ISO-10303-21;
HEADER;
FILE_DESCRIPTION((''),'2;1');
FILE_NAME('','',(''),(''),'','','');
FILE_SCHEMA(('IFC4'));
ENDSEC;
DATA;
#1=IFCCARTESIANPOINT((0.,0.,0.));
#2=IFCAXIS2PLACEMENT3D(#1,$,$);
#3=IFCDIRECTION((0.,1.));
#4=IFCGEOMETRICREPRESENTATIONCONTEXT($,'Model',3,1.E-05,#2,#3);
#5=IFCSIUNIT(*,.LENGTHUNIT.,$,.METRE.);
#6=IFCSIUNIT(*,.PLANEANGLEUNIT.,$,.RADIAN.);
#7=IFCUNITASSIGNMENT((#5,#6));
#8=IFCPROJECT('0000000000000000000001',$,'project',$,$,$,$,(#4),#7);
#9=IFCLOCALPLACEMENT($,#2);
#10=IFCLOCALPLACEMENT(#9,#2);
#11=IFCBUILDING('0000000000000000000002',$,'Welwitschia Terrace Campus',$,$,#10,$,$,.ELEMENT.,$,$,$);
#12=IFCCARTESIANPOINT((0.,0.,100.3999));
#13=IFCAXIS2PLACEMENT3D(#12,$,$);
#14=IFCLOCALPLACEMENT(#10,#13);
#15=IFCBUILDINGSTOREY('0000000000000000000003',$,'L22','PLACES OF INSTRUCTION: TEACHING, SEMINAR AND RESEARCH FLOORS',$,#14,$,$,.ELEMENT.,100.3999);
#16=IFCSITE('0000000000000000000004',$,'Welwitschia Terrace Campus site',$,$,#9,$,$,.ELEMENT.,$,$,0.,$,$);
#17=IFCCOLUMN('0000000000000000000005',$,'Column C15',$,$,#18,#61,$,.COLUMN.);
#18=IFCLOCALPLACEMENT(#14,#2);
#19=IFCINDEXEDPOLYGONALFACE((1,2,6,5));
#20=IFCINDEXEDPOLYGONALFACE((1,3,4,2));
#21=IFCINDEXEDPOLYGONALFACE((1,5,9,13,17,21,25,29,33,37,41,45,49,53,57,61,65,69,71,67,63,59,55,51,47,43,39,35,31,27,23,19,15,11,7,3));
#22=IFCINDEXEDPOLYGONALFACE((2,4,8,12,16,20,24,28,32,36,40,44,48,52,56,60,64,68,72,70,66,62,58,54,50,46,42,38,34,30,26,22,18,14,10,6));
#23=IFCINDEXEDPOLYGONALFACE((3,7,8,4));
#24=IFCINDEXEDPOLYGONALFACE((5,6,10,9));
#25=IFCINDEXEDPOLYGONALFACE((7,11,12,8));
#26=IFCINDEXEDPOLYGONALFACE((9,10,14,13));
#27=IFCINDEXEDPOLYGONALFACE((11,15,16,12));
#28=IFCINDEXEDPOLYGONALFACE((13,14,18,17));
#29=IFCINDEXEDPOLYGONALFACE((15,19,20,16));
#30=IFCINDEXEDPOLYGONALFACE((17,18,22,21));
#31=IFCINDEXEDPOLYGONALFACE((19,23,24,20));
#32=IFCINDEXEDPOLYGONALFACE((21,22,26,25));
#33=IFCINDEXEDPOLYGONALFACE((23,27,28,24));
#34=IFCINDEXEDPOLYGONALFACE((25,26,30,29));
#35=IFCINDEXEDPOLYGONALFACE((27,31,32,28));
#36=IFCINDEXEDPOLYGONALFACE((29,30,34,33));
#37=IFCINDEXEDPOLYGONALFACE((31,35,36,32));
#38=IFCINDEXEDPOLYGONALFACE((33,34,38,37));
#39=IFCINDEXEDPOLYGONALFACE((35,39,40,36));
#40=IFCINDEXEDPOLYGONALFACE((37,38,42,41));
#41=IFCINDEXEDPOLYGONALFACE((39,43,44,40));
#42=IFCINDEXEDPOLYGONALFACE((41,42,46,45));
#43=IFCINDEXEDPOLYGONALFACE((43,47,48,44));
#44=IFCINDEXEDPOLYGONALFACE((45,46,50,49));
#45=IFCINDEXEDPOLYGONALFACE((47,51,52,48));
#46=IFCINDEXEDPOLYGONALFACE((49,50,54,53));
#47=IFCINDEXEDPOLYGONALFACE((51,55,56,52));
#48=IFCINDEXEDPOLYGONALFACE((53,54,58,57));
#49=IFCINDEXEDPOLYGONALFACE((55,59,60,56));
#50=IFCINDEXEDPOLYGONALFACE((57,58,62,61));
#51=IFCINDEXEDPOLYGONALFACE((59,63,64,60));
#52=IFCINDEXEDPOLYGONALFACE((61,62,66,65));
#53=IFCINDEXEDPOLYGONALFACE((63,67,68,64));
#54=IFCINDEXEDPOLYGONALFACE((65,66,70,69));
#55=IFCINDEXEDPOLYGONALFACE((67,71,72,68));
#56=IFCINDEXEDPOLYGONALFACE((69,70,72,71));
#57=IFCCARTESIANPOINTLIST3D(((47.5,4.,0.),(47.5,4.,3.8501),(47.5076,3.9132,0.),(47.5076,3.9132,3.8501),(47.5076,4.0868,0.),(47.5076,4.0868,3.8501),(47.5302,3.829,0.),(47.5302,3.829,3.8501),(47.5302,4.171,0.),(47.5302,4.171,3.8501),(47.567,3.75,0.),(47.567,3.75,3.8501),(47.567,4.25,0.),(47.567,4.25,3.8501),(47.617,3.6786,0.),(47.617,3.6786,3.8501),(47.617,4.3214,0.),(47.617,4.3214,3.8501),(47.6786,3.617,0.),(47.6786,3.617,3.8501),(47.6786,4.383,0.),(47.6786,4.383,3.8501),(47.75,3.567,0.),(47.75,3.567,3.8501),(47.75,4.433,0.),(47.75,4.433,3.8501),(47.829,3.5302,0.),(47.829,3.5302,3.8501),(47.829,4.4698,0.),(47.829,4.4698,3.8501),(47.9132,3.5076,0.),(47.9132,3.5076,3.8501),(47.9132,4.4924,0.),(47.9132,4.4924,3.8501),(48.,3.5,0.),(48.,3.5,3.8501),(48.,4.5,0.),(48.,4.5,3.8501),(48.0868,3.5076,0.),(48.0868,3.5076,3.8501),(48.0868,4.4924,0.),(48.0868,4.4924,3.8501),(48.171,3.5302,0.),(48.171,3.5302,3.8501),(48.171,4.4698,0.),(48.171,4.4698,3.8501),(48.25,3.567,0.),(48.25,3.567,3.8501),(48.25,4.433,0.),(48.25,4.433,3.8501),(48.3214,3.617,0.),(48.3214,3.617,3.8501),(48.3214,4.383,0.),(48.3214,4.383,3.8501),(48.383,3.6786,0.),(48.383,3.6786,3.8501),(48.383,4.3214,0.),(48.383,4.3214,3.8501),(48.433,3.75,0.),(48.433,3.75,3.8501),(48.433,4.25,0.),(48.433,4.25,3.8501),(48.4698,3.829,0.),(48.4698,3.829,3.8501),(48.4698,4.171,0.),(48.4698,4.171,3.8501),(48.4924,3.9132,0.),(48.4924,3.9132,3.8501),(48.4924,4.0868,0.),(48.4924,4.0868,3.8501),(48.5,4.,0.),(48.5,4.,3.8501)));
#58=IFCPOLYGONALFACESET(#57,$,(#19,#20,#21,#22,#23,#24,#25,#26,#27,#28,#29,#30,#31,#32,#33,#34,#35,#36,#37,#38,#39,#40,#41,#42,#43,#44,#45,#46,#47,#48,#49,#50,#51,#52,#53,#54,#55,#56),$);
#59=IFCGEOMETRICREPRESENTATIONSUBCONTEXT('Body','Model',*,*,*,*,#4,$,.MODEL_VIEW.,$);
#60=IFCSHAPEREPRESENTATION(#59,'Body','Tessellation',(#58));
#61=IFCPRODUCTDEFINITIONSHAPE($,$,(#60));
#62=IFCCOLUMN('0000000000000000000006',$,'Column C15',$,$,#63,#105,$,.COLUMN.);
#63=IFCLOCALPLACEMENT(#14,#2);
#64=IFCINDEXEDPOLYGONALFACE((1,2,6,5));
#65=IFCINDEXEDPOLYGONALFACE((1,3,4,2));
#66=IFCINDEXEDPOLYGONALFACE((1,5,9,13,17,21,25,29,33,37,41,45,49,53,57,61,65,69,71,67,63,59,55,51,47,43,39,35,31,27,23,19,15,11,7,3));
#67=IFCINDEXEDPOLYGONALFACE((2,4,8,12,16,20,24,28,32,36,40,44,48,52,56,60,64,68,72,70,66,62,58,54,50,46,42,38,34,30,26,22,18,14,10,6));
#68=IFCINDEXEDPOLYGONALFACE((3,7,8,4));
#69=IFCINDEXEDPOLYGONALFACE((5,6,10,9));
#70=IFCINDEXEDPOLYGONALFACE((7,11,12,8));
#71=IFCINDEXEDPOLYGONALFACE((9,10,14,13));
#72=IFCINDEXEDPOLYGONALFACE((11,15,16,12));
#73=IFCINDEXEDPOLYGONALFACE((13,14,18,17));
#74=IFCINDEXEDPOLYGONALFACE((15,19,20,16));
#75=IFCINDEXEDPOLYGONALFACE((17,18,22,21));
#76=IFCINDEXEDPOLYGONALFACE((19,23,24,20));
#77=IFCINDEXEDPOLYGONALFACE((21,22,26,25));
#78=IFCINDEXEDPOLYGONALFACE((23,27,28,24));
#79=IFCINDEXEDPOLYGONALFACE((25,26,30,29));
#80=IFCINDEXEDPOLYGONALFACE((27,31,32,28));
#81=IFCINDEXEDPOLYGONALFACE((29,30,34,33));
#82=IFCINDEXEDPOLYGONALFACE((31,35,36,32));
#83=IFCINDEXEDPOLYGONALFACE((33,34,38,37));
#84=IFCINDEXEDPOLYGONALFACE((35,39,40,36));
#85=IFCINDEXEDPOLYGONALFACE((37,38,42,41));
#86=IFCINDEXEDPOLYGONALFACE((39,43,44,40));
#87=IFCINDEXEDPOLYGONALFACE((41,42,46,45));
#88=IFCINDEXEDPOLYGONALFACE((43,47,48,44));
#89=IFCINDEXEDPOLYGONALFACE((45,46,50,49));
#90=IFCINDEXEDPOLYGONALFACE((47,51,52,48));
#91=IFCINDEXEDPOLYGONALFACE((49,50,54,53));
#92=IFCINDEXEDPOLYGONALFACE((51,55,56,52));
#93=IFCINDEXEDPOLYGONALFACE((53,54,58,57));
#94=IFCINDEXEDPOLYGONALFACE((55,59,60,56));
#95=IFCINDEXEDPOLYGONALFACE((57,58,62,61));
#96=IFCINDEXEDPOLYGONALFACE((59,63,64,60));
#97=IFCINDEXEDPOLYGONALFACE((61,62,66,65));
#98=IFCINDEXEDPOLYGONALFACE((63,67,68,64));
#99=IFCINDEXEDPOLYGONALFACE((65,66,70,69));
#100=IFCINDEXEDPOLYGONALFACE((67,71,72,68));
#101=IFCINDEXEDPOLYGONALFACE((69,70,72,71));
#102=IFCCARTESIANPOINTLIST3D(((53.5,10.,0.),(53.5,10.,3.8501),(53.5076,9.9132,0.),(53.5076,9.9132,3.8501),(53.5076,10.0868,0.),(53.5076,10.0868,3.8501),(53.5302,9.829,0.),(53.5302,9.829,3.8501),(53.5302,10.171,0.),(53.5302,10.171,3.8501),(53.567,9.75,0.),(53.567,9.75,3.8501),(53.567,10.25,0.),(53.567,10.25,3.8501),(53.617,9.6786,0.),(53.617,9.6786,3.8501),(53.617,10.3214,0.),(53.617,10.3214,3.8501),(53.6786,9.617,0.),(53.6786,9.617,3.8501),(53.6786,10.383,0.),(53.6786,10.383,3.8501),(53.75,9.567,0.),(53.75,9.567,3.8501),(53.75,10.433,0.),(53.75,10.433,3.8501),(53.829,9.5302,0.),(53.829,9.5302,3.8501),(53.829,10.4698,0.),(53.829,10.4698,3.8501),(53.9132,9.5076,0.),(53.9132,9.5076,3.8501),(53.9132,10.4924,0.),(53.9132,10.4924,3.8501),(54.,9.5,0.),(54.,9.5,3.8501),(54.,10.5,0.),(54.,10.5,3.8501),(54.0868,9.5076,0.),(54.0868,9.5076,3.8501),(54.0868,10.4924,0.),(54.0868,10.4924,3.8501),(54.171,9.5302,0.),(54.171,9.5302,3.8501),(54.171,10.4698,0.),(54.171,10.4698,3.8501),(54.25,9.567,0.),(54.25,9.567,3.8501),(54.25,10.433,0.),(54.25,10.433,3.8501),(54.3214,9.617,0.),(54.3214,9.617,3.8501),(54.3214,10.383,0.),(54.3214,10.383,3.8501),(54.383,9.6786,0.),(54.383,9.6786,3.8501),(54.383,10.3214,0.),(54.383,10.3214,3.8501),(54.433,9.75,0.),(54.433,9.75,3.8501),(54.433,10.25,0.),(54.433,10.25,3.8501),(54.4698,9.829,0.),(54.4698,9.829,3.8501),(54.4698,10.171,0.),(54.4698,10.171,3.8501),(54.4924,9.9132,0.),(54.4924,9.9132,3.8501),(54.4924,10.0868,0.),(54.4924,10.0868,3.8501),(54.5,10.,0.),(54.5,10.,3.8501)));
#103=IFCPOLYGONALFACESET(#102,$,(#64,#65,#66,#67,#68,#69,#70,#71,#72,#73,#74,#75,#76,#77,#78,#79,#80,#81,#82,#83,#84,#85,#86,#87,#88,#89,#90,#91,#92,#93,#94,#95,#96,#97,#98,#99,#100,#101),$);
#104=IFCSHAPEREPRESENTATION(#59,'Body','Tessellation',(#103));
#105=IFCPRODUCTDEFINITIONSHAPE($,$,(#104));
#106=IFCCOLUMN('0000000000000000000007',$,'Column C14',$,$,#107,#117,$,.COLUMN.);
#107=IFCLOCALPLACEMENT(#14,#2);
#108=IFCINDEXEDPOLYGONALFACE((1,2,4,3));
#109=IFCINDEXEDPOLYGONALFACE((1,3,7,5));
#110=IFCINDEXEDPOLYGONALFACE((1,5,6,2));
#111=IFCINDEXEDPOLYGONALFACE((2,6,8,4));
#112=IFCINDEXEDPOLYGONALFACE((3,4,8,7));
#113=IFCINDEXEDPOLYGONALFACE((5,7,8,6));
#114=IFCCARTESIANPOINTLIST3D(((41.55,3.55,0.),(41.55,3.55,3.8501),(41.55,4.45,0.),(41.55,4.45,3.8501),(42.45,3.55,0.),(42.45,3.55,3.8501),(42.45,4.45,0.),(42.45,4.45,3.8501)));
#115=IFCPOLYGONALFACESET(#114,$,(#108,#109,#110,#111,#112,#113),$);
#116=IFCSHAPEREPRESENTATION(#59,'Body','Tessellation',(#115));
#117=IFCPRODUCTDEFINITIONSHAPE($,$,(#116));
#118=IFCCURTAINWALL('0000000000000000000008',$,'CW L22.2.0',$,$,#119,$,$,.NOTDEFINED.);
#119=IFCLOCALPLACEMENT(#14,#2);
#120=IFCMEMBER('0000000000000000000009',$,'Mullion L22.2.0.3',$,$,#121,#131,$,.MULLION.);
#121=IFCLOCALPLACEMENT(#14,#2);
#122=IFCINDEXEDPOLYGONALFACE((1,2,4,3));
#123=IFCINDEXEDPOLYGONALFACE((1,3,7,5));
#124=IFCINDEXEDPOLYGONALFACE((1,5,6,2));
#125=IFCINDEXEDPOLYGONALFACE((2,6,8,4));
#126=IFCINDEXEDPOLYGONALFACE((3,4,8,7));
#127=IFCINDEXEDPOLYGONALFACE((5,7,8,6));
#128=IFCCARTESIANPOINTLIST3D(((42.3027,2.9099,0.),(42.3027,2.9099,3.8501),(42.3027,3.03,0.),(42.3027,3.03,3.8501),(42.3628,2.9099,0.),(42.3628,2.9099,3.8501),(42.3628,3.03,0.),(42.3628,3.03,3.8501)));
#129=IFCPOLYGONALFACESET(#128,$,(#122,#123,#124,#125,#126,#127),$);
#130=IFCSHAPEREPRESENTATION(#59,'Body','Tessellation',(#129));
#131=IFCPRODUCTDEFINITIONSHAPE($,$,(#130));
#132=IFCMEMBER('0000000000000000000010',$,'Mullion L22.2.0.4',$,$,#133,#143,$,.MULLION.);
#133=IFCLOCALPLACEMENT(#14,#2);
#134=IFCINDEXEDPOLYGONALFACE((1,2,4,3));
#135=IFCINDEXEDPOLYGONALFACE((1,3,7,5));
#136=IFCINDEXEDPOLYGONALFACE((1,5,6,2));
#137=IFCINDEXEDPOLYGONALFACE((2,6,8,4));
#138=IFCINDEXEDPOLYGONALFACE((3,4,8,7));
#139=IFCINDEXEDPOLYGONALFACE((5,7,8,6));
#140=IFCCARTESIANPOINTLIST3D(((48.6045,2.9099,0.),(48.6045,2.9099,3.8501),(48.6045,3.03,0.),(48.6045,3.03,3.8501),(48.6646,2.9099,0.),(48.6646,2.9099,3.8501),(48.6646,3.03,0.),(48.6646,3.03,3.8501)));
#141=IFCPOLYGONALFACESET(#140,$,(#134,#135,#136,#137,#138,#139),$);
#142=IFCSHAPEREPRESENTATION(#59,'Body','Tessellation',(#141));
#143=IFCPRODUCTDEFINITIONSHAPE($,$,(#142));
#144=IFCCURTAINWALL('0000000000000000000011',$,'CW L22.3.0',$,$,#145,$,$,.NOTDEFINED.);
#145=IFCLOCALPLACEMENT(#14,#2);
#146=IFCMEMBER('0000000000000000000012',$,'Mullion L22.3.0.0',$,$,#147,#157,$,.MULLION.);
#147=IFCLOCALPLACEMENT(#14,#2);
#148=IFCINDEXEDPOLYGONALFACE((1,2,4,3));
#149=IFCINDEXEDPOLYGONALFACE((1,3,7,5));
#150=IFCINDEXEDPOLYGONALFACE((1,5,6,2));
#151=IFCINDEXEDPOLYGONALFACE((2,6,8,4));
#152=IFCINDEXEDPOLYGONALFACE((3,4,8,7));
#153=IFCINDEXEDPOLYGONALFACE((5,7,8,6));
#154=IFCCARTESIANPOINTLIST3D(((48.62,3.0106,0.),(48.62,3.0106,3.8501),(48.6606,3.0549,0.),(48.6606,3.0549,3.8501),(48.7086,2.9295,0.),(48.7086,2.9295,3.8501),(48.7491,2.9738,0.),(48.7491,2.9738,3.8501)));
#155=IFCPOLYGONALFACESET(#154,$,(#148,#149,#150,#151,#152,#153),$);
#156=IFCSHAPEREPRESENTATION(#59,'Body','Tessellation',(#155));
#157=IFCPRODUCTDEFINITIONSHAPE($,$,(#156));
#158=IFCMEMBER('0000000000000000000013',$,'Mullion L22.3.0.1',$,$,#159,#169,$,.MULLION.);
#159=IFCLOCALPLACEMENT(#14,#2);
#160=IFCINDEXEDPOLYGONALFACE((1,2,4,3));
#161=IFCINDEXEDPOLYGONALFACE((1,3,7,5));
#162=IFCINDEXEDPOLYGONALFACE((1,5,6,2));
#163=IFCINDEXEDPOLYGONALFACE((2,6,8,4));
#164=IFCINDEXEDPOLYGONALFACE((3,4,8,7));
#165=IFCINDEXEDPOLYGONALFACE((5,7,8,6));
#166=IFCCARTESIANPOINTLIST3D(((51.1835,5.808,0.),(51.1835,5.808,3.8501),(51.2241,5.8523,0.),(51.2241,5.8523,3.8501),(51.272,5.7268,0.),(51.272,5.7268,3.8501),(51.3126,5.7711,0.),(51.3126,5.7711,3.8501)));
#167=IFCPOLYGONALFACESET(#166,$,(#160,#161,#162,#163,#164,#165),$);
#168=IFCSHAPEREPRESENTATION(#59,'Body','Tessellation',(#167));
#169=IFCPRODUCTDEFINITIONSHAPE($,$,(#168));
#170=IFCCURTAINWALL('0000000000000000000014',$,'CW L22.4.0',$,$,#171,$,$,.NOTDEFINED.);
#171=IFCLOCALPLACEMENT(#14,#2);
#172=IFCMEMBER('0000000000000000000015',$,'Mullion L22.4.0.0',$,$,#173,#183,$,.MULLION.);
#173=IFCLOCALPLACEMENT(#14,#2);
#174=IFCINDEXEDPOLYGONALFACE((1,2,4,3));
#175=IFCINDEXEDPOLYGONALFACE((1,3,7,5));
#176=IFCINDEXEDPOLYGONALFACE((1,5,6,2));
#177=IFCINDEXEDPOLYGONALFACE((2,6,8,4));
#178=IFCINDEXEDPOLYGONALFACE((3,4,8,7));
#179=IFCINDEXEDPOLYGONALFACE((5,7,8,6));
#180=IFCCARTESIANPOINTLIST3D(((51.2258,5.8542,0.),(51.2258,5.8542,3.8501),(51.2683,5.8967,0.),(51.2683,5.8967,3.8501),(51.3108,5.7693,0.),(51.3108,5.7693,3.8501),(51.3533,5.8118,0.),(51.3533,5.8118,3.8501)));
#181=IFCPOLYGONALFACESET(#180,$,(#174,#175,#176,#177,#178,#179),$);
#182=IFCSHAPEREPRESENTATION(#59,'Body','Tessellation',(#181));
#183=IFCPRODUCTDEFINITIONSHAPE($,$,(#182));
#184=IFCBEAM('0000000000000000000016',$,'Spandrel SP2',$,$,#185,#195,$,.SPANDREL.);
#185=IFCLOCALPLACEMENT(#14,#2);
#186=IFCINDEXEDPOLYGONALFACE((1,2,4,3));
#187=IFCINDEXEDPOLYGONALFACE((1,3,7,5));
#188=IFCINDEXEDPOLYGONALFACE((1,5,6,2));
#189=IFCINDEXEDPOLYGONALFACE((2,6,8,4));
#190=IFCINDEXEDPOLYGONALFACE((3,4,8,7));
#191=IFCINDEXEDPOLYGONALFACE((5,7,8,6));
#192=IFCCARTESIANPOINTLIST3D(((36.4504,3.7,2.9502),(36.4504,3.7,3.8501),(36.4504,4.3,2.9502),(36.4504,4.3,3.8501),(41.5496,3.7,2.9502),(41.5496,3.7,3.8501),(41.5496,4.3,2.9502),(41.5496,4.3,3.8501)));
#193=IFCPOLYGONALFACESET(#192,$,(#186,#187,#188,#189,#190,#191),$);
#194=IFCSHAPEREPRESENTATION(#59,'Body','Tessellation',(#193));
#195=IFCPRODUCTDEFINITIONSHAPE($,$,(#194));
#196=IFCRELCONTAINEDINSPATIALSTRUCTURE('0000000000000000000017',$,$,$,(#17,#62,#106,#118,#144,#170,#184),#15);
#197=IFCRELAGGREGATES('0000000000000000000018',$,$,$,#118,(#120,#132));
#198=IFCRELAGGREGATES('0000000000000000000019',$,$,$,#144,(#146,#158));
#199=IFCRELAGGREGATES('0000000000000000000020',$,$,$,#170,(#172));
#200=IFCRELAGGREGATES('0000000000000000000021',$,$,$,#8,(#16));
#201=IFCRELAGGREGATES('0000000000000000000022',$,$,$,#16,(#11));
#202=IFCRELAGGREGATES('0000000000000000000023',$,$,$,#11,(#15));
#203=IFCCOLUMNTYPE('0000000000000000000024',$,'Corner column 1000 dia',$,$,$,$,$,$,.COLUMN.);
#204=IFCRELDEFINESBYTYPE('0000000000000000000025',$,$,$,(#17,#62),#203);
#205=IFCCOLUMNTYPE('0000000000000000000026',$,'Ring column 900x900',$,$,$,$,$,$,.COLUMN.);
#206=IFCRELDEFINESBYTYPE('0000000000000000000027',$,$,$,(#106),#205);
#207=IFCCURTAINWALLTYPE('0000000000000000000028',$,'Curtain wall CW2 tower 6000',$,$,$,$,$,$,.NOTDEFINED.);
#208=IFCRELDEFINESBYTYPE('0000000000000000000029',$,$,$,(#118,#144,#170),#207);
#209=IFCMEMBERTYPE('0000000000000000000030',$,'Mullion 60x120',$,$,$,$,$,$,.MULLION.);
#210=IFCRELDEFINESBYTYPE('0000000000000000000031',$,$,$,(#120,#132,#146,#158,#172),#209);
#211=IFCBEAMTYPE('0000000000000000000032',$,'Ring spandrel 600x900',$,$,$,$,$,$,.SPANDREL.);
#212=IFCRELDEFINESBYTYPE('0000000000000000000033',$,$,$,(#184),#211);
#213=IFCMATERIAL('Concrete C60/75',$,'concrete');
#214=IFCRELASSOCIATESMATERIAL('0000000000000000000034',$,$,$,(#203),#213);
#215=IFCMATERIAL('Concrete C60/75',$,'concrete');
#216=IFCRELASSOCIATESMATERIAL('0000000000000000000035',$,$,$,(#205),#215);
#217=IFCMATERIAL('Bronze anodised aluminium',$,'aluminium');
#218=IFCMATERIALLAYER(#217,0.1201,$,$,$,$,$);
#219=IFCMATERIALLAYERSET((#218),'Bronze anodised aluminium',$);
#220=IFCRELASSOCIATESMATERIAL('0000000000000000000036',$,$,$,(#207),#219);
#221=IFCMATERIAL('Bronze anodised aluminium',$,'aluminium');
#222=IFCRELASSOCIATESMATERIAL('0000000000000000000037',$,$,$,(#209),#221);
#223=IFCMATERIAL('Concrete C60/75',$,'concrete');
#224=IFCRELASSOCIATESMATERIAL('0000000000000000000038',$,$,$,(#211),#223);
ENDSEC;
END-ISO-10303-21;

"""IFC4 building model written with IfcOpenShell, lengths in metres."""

from ifc_helpers import new_model, si_unit, direction, frame, origin, origin_2d, place, context, subcontext, project, spatial, rectangle, circle, extrude, material, layer, layer_set, material_profile, profile_set, type_object, element, aggregate, save


model = new_model("IFC4")

# Units and contexts
model_context = context("Model", 3, precision=1e-05, world=origin(), true_north=direction((0.0, 1.0)))
body_context = subcontext(model_context, "Body", "Model", "MODEL_VIEW")
ifc_project = project(units=[si_unit("LENGTHUNIT", "METRE"), si_unit("PLANEANGLEUNIT", "RADIAN")], contexts=[model_context])

# Site, building, storey
site_placement = place(None, origin())
site = spatial("IfcSite", under=ifc_project, at=site_placement, Name="Welwitschia Terrace Campus site", CompositionType="ELEMENT", RefElevation=0.0)
building_placement = place(site_placement, origin())
building = spatial("IfcBuilding", under=site, at=building_placement, Name="Welwitschia Terrace Campus", CompositionType="ELEMENT")
storey_placement = place(building_placement, frame((0.0, 0.0, 100.3999)))
storey = spatial("IfcBuildingStorey", under=building, at=storey_placement, Name="L22", Description="PLACES OF INSTRUCTION: TEACHING, SEMINAR AND RESEARCH FLOORS", CompositionType="ELEMENT", Elevation=100.3999)

# Columns
ifc_material_1 = material(Name="Concrete C60/75", Category="concrete")
ifc_material_profile_1 = material_profile(ifc_material_1, circle(Radius=0.5, at=origin_2d()))
ifc_profile_set_1 = profile_set([ifc_material_profile_1], Name="Concrete C60/75")
column_type_1 = type_object("IfcColumnType", Name="Corner column 1000 dia", PredefinedType="COLUMN", material=ifc_profile_set_1)
for number, where, z_axis, x_axis, name in (
    (1, (48.0, 4.0, 0.0), (0.0, 0.0, 1.0), (1.0, 0.0, 0.0), "Column C15"),
    (2, (54.0, 10.0, 0.0), (0.0, 0.0, 1.0), (1.0, 0.0, 0.0), "Column C15"),
):
    element("IfcColumn", number, at=place(storey_placement, frame(where, z_axis=z_axis, x_axis=x_axis)), inside=storey, type_object=column_type_1, Name=name, PredefinedType="COLUMN", context=body_context, shape_type="SweptSolid", body=[
        extrude(circle(Radius=0.5, at=origin_2d()), origin(), (0.0, 0.0, 1.0), 3.8501),
    ])
ifc_material_2 = material(Name="Concrete C60/75", Category="concrete")
ifc_material_profile_2 = material_profile(ifc_material_2, rectangle(XDim=0.8999, YDim=0.8999, at=origin_2d()))
ifc_profile_set_2 = profile_set([ifc_material_profile_2], Name="Concrete C60/75")
column_type_2 = type_object("IfcColumnType", Name="Ring column 900x900", PredefinedType="COLUMN", material=ifc_profile_set_2)
column_placement = place(storey_placement, frame((42.0, 4.0, 0.0), z_axis=(0.0, 0.0, 1.0), x_axis=(1.0, 0.0, 0.0)))
element("IfcColumn", 3, at=column_placement, inside=storey, type_object=column_type_2, Name="Column C14", PredefinedType="COLUMN", context=body_context, shape_type="SweptSolid", body=[
    extrude(rectangle(XDim=0.8999, YDim=0.8999, at=origin_2d()), origin(), (0.0, 0.0, 1.0), 3.8501),
])

# Curtain walls, members
ifc_material_3 = material(Name="Bronze anodised aluminium", Category="aluminium")
ifc_layer_1 = layer(ifc_material_3, 0.1201)
ifc_layer_set_1 = layer_set([ifc_layer_1], Name="Bronze anodised aluminium")
curtain_wall_type = type_object("IfcCurtainWallType", Name="Curtain wall CW2 tower 6000", PredefinedType="NOTDEFINED", material=ifc_layer_set_1)
curtain_wall_1_placement = place(storey_placement, origin())
curtain_wall_1 = element("IfcCurtainWall", 4, at=curtain_wall_1_placement, inside=storey, type_object=curtain_wall_type, Name="CW L22.2.0", PredefinedType="NOTDEFINED")
ifc_material_4 = material(Name="Bronze anodised aluminium", Category="aluminium")
ifc_material_profile_3 = material_profile(ifc_material_4, rectangle(XDim=0.1201, YDim=0.0601, at=origin_2d()))
ifc_profile_set_3 = profile_set([ifc_material_profile_3], Name="Bronze anodised aluminium")
member_type_1 = type_object("IfcMemberType", Name="Mullion 60x120", PredefinedType="MULLION", material=ifc_profile_set_3)
member_1_placement = place(storey_placement, frame((42.3328, 2.97, 0.0), z_axis=(0.0, 0.0, 1.0), x_axis=(0.0, 1.0, 0.0)))
member_1 = element("IfcMember", 5, at=member_1_placement, type_object=member_type_1, Name="Mullion L22.2.0.3", PredefinedType="MULLION", context=body_context, shape_type="SweptSolid", body=[
    extrude(rectangle(XDim=0.1201, YDim=0.0601, at=origin_2d()), origin(), (0.0, 0.0, 1.0), 3.8501),
])
member_2_placement = place(storey_placement, frame((48.6345, 2.97, 0.0), z_axis=(0.0, 0.0, 1.0), x_axis=(0.0, 1.0, 0.0)))
member_2 = element("IfcMember", 6, at=member_2_placement, type_object=member_type_1, Name="Mullion L22.2.0.4", PredefinedType="MULLION", context=body_context, shape_type="SweptSolid", body=[
    extrude(rectangle(XDim=0.1201, YDim=0.0601, at=origin_2d()), origin(), (0.0, 0.0, 1.0), 3.8501),
])
curtain_wall_2_placement = place(storey_placement, origin())
curtain_wall_2 = element("IfcCurtainWall", 7, at=curtain_wall_2_placement, inside=storey, type_object=curtain_wall_type, Name="CW L22.3.0", PredefinedType="NOTDEFINED")
member_3_placement = place(storey_placement, frame((48.6846, 2.9922, 0.0), z_axis=(0.0, 0.0, 1.0), x_axis=(-0.737277, 0.67559, 0.0)))
member_3 = element("IfcMember", 8, at=member_3_placement, type_object=member_type_1, Name="Mullion L22.3.0.0", PredefinedType="MULLION", context=body_context, shape_type="SweptSolid", body=[
    extrude(rectangle(XDim=0.1201, YDim=0.0601, at=origin_2d()), origin(), (0.0, 0.0, 1.0), 3.8501),
])
member_4_placement = place(storey_placement, frame((51.248, 5.7896, 0.0), z_axis=(0.0, 0.0, 1.0), x_axis=(-0.737277, 0.67559, 0.0)))
member_4 = element("IfcMember", 9, at=member_4_placement, type_object=member_type_1, Name="Mullion L22.3.0.1", PredefinedType="MULLION", context=body_context, shape_type="SweptSolid", body=[
    extrude(rectangle(XDim=0.1201, YDim=0.0601, at=origin_2d()), origin(), (0.0, 0.0, 1.0), 3.8501),
])

# Curtain wall, member
curtain_wall_3_placement = place(storey_placement, origin())
curtain_wall_3 = element("IfcCurtainWall", 10, at=curtain_wall_3_placement, inside=storey, type_object=curtain_wall_type, Name="CW L22.4.0", PredefinedType="NOTDEFINED")
member_5_placement = place(storey_placement, frame((51.2896, 5.833, 0.0), z_axis=(0.0, 0.0, 1.0), x_axis=(-0.707107, 0.707107, 0.0)))
member_5 = element("IfcMember", 11, at=member_5_placement, type_object=member_type_1, Name="Mullion L22.4.0.0", PredefinedType="MULLION", context=body_context, shape_type="SweptSolid", body=[
    extrude(rectangle(XDim=0.1201, YDim=0.0601, at=origin_2d()), origin(), (0.0, 0.0, 1.0), 3.8501),
])

# Beam
ifc_material_5 = material(Name="Concrete C60/75", Category="concrete")
ifc_material_profile_4 = material_profile(ifc_material_5, rectangle(XDim=0.6001, YDim=0.8999, at=origin_2d()))
ifc_profile_set_4 = profile_set([ifc_material_profile_4], Name="Concrete C60/75")
beam_type = type_object("IfcBeamType", Name="Ring spandrel 600x900", PredefinedType="SPANDREL", material=ifc_profile_set_4)
beam_1_placement = place(storey_placement, frame((36.4504, 4.0, 3.4001), z_axis=(1.0, 0.0, 0.0), x_axis=(0.0, 1.0, 0.0)))
element("IfcBeam", 12, at=beam_1_placement, inside=storey, type_object=beam_type, Name="Spandrel SP2", PredefinedType="SPANDREL", context=body_context, shape_type="SweptSolid", body=[
    extrude(rectangle(XDim=0.6001, YDim=0.8999, at=origin_2d()), origin(), (0.0, 0.0, 1.0), 5.0991),
])

aggregate(curtain_wall_1, [member_1, member_2])
aggregate(curtain_wall_2, [member_3, member_4])
aggregate(curtain_wall_3, [member_5])

save(model, "model.ifc")
